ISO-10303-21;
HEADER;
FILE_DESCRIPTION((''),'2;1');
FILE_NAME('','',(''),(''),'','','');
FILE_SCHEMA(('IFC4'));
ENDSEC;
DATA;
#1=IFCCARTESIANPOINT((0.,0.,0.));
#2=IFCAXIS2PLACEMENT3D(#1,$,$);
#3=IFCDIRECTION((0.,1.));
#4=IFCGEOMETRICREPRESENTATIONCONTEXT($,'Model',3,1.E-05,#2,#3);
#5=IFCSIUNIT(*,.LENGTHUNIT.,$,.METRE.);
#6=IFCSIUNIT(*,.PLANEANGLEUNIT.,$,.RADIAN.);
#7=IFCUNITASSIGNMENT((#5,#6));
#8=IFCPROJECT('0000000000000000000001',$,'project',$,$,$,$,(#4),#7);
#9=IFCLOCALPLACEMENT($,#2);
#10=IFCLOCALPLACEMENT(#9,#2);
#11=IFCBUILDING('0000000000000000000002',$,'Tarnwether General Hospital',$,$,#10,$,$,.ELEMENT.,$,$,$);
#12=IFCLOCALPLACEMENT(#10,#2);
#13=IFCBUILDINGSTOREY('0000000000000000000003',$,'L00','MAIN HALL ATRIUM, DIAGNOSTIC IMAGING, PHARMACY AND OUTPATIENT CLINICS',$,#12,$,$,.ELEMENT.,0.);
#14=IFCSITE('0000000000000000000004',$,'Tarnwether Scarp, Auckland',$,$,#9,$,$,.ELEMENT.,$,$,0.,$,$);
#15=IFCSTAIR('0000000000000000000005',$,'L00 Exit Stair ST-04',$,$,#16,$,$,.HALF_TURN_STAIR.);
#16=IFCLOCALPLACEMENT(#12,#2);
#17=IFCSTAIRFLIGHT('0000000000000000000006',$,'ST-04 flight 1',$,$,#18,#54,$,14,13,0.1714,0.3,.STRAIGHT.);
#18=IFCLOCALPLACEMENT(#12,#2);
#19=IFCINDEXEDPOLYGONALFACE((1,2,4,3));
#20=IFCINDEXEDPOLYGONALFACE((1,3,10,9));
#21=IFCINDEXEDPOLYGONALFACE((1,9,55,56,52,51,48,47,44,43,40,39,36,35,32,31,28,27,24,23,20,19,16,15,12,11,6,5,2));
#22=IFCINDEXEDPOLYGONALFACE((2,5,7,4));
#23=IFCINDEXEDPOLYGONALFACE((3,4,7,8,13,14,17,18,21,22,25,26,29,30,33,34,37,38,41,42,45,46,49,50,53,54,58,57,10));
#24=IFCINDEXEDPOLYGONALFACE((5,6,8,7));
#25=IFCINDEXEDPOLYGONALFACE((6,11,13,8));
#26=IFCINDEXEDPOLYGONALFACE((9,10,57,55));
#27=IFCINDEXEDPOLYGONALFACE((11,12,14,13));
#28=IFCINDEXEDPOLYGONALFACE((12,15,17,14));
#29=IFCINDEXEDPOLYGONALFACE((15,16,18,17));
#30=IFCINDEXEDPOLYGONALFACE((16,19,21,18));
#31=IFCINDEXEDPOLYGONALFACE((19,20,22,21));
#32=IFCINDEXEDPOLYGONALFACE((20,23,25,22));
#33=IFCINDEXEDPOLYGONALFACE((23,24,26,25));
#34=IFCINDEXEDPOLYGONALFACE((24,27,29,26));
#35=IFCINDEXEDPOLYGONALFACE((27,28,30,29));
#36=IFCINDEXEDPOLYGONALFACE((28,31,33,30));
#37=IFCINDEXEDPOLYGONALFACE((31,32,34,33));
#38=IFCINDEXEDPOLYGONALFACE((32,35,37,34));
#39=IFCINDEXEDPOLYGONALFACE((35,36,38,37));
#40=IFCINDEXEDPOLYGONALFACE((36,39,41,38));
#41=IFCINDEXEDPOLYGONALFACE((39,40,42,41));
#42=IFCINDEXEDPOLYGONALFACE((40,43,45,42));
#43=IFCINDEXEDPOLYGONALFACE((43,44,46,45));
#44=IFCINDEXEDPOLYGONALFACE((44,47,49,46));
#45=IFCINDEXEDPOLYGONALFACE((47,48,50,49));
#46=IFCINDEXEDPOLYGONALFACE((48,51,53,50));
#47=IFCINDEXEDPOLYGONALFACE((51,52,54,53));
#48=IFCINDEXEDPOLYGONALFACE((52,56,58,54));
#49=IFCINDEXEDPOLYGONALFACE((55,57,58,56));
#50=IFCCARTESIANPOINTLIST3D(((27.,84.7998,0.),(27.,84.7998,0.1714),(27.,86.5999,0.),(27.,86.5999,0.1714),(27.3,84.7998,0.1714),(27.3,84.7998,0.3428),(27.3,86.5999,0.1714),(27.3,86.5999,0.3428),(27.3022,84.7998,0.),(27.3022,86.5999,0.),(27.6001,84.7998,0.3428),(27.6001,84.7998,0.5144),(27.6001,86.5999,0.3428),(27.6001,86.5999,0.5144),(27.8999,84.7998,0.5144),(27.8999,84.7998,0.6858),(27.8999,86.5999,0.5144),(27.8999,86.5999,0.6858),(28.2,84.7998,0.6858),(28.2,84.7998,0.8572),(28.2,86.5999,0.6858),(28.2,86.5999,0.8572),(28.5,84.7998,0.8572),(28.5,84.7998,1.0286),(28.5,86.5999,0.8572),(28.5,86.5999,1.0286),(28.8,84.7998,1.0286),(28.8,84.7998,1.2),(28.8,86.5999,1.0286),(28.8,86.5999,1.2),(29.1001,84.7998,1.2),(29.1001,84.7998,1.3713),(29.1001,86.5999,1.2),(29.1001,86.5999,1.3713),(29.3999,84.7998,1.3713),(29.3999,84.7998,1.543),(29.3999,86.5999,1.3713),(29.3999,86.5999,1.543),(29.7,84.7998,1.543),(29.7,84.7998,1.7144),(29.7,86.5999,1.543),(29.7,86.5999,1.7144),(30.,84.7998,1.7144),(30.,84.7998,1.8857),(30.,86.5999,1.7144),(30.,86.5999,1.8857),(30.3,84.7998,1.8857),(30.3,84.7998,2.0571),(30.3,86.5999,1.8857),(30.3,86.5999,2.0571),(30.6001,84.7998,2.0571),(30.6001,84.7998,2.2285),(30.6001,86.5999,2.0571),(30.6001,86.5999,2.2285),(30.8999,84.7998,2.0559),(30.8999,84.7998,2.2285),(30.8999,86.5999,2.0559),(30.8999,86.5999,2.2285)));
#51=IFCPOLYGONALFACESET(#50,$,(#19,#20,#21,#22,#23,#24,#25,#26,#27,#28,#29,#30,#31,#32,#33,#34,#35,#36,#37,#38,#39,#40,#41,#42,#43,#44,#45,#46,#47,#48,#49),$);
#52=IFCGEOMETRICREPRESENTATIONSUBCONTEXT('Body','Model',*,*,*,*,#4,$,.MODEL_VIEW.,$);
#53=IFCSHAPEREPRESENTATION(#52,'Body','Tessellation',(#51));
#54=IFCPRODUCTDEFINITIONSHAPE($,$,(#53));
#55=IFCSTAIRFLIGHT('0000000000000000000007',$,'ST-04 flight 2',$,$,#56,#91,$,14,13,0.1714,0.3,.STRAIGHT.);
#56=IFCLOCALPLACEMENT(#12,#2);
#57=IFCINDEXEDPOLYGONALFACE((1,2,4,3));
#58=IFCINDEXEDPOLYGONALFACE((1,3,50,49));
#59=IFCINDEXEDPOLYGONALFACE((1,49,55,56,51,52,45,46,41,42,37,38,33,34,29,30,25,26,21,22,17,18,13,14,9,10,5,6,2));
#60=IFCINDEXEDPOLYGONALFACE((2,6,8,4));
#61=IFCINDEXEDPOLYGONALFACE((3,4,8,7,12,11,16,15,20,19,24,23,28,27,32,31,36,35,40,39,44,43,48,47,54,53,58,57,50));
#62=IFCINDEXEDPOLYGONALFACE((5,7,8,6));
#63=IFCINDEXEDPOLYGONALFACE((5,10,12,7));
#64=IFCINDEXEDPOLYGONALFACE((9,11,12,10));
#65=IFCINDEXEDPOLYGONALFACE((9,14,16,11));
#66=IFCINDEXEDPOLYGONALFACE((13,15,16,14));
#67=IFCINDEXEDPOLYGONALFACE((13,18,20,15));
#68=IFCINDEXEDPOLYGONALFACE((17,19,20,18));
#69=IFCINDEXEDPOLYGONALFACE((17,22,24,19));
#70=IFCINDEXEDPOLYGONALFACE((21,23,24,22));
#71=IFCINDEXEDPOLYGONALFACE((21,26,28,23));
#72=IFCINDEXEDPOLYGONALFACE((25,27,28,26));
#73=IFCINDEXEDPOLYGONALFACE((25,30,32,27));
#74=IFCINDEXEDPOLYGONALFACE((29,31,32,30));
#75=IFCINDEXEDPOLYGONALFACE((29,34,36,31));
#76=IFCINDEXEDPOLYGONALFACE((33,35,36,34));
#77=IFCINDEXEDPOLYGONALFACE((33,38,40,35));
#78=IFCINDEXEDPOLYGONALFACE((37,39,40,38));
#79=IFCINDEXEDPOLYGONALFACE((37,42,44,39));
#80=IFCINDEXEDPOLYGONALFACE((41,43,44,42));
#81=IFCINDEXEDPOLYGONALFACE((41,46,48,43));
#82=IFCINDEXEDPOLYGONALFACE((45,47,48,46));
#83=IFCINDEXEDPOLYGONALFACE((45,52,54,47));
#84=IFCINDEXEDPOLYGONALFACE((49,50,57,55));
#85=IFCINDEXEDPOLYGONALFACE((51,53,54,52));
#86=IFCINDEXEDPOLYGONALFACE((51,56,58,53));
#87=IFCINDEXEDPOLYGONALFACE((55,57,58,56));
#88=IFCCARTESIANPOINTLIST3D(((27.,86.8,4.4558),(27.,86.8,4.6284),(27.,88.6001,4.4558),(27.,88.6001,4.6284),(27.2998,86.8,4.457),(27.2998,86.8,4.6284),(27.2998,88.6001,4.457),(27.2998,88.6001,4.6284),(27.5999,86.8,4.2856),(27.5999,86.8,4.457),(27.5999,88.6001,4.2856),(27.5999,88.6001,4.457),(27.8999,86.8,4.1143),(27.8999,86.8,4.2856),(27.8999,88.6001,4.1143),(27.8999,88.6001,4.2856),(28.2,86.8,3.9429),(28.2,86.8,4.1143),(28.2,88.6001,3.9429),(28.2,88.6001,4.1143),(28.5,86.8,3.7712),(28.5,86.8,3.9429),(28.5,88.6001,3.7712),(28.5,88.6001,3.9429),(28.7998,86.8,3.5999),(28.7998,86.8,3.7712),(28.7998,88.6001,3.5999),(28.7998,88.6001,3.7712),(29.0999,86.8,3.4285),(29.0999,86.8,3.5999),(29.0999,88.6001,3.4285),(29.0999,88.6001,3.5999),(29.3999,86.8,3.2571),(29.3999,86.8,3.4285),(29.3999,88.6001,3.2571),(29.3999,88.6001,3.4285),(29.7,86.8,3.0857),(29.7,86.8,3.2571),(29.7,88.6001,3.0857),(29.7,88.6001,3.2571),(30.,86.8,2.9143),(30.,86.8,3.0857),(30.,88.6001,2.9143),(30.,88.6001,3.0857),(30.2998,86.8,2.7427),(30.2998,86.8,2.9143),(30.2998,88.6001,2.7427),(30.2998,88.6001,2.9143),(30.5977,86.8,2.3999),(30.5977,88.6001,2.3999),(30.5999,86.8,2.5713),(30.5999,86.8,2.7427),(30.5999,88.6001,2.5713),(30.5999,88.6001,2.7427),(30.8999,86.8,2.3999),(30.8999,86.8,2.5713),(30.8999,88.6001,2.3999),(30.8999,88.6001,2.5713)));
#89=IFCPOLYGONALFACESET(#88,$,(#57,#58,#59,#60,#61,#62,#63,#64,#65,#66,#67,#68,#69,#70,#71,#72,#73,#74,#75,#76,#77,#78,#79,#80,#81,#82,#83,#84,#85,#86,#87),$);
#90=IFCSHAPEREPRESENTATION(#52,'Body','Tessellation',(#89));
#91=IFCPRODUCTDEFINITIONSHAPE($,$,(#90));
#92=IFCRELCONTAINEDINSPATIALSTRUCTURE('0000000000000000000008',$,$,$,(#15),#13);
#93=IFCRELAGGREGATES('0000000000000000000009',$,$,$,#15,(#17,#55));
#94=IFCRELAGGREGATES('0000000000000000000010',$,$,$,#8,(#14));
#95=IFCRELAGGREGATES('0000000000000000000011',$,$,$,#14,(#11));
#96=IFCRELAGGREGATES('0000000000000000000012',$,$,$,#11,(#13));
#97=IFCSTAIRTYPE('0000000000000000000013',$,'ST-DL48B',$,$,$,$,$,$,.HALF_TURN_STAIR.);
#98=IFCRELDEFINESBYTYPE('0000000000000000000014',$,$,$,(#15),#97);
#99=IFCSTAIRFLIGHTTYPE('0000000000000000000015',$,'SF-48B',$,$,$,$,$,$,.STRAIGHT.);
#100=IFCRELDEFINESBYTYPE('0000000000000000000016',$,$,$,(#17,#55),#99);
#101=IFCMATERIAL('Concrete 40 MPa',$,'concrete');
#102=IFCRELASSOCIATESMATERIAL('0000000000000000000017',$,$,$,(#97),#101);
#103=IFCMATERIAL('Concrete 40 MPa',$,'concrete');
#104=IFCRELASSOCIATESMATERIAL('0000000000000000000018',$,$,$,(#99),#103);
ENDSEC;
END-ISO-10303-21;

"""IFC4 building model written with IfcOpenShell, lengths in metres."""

from ifc_helpers import new_model, si_unit, direction, frame, origin, place, context, subcontext, project, spatial, polyline, outline, extrude, material, type_object, element, aggregate, save


model = new_model("IFC4")

# Units and contexts
model_context = context("Model", 3, precision=1e-05, world=origin(), true_north=direction((0.0, 1.0)))
body_context = subcontext(model_context, "Body", "Model", "MODEL_VIEW")
ifc_project = project(units=[si_unit("LENGTHUNIT", "METRE"), si_unit("PLANEANGLEUNIT", "RADIAN")], contexts=[model_context])

# Site, building, storey
site_placement = place(None, origin())
site = spatial("IfcSite", under=ifc_project, at=site_placement, Name="Tarnwether Scarp, Auckland", CompositionType="ELEMENT", RefElevation=0.0)
building_placement = place(site_placement, origin())
building = spatial("IfcBuilding", under=site, at=building_placement, Name="Tarnwether General Hospital", CompositionType="ELEMENT")
storey_placement = place(building_placement, origin())
storey = spatial("IfcBuildingStorey", under=building, at=storey_placement, Name="L00", Description="MAIN HALL ATRIUM, DIAGNOSTIC IMAGING, PHARMACY AND OUTPATIENT CLINICS", CompositionType="ELEMENT", Elevation=0.0)

# Stair, stair flights
ifc_material_1 = material(Name="Concrete 40 MPa", Category="concrete")
stair_type = type_object("IfcStairType", Name="ST-DL48B", PredefinedType="HALF_TURN_STAIR", material=ifc_material_1)
stair_placement = place(storey_placement, origin())
stair = element("IfcStair", 1, at=stair_placement, inside=storey, type_object=stair_type, Name="L00 Exit Stair ST-04", PredefinedType="HALF_TURN_STAIR")
ifc_material_2 = material(Name="Concrete 40 MPa", Category="concrete")
stair_flight_type = type_object("IfcStairFlightType", Name="SF-48B", PredefinedType="STRAIGHT", material=ifc_material_2)
stair_flight_1_placement = place(storey_placement, frame((27.0, 85.7, 0.0), z_axis=(0.0, 0.0, 1.0), x_axis=(1.0, 0.0, 0.0)))
stair_flight_1 = element("IfcStairFlight", 2, at=stair_flight_1_placement, type_object=stair_flight_type, Name="ST-04 flight 1", NumberOfRisers=14, NumberOfTreads=13, PredefinedType="STRAIGHT", RiserHeight=0.1714, TreadLength=0.3, context=body_context, shape_type="SweptSolid", body=[
    extrude(outline(polyline([(0.0, 0.0), (0.0, 0.1714), (0.3, 0.1714), (0.3, 0.3428), (0.6001, 0.3428), (0.6001, 0.5144), (0.8999, 0.5144), (0.8999, 0.6858), (1.2, 0.6858), (1.2, 0.8572), (1.5, 0.8572), (1.5, 1.0286), (1.8, 1.0286), (1.8, 1.2), (2.1001, 1.2), (2.1001, 1.3713), (2.3999, 1.3713), (2.3999, 1.543), (2.7, 1.543), (2.7, 1.7144), (3.0, 1.7144), (3.0, 1.8857), (3.3, 1.8857), (3.3, 2.0571), (3.6001, 2.0571), (3.6001, 2.2285), (3.8999, 2.2285), (3.8999, 2.3999), (3.8999, 2.0559), (0.3022, 0.0), (0.0, 0.0)])), frame((0.0, 0.8999, 0.0), z_axis=(0.0, -1.0, 0.0), x_axis=(1.0, 0.0, 0.0)), (0.0, 0.0, 1.0), 1.8),
])
stair_flight_2_placement = place(storey_placement, frame((30.8999, 87.7, 2.3999), z_axis=(0.0, 0.0, 1.0), x_axis=(-1.0, 0.0, 0.0)))
stair_flight_2 = element("IfcStairFlight", 3, at=stair_flight_2_placement, type_object=stair_flight_type, Name="ST-04 flight 2", NumberOfRisers=14, NumberOfTreads=13, PredefinedType="STRAIGHT", RiserHeight=0.1714, TreadLength=0.3, context=body_context, shape_type="SweptSolid", body=[
    extrude(outline(polyline([(0.0, 0.0), (0.0, 0.1714), (0.3, 0.1714), (0.3, 0.3428), (0.6001, 0.3428), (0.6001, 0.5144), (0.8999, 0.5144), (0.8999, 0.6858), (1.2, 0.6858), (1.2, 0.8572), (1.5, 0.8572), (1.5, 1.0286), (1.8, 1.0286), (1.8, 1.2), (2.1001, 1.2), (2.1001, 1.3713), (2.3999, 1.3713), (2.3999, 1.543), (2.7, 1.543), (2.7, 1.7144), (3.0, 1.7144), (3.0, 1.8857), (3.3, 1.8857), (3.3, 2.0571), (3.6001, 2.0571), (3.6001, 2.2285), (3.8999, 2.2285), (3.8999, 2.3999), (3.8999, 2.0559), (0.3022, 0.0), (0.0, 0.0)])), frame((0.0, 0.8999, 0.0), z_axis=(0.0, -1.0, 0.0), x_axis=(1.0, 0.0, 0.0)), (0.0, 0.0, 1.0), 1.8),
])
aggregate(stair, [stair_flight_1, stair_flight_2])

save(model, "model.ifc")
